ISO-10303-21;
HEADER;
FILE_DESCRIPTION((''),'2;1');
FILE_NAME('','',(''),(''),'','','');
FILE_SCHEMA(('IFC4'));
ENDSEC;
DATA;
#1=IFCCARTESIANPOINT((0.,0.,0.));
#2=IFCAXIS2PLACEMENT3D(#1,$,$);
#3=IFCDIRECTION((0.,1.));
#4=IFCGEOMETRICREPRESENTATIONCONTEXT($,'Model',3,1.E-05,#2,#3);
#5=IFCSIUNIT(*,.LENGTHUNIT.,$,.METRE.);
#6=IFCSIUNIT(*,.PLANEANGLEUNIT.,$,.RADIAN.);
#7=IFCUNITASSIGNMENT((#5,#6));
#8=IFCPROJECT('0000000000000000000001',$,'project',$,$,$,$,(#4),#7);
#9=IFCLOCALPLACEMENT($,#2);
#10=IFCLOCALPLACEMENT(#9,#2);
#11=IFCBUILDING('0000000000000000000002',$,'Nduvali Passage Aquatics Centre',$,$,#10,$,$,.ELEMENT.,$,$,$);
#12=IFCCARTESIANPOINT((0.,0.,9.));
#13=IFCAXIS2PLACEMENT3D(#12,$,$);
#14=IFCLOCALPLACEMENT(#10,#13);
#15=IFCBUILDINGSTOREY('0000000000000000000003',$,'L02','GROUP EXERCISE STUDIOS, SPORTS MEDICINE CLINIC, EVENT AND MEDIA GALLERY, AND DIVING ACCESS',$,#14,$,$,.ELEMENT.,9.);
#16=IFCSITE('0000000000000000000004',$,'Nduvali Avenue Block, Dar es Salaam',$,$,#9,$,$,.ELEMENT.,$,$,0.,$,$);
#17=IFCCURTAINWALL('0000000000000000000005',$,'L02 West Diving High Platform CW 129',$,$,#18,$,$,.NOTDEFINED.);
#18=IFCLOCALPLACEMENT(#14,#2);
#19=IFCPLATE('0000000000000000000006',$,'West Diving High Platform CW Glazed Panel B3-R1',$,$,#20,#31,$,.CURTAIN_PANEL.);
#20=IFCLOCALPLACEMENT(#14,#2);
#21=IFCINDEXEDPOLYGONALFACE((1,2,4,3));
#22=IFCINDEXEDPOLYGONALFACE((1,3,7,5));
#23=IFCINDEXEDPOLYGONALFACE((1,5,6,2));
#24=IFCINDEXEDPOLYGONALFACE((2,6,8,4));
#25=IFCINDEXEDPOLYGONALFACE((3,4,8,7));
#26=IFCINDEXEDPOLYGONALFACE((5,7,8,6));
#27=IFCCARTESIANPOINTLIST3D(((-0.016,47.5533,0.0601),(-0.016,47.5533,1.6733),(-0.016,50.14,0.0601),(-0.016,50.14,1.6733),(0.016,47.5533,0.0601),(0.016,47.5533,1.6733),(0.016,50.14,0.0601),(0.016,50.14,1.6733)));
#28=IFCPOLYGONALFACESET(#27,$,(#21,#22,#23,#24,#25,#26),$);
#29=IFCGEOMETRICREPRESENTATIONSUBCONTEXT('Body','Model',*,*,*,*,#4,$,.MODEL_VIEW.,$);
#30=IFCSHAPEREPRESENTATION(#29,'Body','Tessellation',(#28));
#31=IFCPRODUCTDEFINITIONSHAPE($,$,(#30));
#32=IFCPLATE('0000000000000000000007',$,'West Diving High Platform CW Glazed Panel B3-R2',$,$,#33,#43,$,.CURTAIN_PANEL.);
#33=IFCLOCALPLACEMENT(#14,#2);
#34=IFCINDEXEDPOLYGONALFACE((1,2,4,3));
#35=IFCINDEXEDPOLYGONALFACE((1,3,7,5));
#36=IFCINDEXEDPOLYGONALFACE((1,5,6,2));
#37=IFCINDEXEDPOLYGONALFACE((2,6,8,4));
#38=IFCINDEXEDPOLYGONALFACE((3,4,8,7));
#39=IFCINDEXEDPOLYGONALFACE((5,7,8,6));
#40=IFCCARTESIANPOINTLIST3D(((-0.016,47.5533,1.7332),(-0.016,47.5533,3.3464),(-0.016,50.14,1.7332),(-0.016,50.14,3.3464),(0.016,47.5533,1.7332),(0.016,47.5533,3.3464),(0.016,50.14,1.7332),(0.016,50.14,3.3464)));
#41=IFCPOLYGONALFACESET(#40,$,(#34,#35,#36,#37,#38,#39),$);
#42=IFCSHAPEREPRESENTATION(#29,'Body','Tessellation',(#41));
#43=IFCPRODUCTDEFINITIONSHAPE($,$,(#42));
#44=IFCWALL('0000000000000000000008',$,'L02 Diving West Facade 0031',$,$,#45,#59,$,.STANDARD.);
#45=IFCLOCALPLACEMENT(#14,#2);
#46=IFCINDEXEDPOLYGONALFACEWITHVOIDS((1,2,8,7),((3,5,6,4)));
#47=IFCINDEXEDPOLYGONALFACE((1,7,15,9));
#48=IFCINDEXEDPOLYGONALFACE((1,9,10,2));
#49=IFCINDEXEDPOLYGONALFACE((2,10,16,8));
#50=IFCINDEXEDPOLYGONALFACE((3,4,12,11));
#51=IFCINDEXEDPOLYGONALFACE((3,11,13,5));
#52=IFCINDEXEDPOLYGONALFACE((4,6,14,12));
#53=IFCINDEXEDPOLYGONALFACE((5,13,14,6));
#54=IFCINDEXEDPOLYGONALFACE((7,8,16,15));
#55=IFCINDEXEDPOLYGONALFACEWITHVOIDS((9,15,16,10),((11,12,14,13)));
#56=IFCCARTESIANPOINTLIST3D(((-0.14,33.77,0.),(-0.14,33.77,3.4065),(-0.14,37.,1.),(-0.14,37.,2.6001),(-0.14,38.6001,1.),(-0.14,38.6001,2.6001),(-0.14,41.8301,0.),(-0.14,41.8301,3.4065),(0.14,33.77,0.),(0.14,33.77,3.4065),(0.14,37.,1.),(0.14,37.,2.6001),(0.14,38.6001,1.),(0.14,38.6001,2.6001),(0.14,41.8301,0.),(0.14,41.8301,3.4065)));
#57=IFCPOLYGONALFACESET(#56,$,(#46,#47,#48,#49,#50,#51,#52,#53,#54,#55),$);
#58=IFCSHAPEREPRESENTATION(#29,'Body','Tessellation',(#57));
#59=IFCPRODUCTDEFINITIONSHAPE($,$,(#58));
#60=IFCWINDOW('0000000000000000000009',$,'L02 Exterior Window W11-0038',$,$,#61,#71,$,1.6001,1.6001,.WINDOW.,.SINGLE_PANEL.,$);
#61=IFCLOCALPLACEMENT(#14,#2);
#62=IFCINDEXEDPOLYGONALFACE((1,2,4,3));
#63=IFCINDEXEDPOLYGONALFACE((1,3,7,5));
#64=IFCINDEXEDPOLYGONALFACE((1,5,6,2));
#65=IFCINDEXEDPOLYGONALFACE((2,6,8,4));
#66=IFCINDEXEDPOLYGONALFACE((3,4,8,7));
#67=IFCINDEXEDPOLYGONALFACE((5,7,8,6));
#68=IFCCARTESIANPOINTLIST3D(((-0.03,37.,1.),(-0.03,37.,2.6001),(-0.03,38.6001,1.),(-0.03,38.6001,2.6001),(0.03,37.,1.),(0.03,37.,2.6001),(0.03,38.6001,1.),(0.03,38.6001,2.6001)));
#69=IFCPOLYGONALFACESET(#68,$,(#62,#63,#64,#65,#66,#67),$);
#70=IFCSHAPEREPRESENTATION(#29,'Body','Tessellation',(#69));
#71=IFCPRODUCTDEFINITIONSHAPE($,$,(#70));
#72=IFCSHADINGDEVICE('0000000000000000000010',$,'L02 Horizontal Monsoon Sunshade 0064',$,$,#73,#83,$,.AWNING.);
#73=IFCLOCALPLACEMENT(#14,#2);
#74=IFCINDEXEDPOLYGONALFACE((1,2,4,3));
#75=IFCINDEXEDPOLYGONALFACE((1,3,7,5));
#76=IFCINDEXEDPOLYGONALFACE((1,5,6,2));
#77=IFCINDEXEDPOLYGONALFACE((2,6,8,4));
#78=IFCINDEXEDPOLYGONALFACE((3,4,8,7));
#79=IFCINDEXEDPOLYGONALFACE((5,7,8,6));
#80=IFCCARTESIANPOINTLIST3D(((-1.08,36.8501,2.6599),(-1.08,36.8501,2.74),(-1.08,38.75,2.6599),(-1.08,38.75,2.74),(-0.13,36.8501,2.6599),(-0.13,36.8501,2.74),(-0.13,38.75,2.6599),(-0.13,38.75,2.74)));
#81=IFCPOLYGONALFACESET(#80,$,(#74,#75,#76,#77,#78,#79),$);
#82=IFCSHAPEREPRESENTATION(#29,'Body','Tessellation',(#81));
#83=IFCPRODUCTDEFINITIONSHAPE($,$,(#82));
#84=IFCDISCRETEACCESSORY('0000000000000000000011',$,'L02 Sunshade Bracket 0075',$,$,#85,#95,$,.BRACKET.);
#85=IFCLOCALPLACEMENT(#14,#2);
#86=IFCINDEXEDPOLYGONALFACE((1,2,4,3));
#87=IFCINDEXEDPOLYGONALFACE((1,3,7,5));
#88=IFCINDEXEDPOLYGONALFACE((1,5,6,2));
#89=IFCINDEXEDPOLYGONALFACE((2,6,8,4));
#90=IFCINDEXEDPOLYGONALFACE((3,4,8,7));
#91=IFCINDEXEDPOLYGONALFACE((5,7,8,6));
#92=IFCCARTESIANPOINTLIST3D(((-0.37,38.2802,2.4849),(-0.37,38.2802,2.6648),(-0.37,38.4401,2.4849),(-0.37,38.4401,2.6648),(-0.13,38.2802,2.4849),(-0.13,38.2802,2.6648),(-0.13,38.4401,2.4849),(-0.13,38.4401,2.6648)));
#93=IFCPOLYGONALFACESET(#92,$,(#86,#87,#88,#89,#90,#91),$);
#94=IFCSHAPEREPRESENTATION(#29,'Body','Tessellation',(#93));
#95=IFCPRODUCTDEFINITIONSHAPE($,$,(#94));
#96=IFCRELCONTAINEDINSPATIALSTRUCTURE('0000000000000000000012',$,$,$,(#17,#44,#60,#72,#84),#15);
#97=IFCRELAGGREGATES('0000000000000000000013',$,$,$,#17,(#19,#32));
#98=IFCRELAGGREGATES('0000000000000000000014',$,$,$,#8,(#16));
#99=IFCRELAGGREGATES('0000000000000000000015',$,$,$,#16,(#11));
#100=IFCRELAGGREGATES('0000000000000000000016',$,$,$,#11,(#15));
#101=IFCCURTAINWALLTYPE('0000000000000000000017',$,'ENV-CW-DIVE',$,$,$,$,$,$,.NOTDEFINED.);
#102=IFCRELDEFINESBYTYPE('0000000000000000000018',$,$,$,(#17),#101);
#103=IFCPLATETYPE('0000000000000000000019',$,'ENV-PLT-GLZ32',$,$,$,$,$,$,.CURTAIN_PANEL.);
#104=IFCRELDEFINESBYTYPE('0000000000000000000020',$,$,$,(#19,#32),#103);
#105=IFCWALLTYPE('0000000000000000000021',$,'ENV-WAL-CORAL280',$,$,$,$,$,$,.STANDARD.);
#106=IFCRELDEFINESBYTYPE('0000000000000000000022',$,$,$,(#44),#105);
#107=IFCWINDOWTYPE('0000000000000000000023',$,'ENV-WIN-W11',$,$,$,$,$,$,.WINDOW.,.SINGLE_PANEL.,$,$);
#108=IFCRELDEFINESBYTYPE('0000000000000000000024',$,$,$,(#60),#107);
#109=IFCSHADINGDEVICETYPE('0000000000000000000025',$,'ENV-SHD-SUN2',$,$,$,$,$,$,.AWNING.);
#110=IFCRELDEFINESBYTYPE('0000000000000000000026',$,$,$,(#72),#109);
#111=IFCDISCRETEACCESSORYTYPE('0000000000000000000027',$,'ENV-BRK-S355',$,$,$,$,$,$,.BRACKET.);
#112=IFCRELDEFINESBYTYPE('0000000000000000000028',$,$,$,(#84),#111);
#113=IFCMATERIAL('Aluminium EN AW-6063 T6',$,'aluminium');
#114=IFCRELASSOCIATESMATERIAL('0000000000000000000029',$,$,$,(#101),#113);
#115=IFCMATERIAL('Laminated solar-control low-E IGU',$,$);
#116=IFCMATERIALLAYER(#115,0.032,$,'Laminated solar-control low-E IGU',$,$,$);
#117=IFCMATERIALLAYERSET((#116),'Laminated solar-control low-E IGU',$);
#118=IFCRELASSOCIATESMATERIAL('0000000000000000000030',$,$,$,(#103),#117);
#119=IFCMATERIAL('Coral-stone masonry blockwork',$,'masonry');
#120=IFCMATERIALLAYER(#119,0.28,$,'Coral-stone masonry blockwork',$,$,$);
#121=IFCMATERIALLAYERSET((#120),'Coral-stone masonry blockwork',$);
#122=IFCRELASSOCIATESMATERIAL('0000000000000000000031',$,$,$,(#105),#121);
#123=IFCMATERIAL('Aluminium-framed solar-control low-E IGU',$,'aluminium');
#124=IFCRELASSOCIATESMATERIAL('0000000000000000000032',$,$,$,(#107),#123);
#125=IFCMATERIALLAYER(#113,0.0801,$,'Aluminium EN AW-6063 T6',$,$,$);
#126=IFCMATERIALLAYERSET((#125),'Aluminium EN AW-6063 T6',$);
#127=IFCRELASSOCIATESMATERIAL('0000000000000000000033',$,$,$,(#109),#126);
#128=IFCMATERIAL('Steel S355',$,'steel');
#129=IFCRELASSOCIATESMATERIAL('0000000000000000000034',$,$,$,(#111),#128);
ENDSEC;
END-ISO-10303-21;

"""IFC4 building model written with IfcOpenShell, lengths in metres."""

from ifc_helpers import new_model, si_unit, direction, frame, frame_2d, origin, origin_2d, place, context, subcontext, project, spatial, rectangle, extrude, material, layer, layer_set, type_object, element, fill, aggregate, save


model = new_model("IFC4")

# Units and contexts
model_context = context("Model", 3, precision=1e-05, world=origin(), true_north=direction((0.0, 1.0)))
body_context = subcontext(model_context, "Body", "Model", "MODEL_VIEW")
ifc_project = project(units=[si_unit("LENGTHUNIT", "METRE"), si_unit("PLANEANGLEUNIT", "RADIAN")], contexts=[model_context])

# Site, building, storey
site_placement = place(None, origin())
site = spatial("IfcSite", under=ifc_project, at=site_placement, Name="Nduvali Avenue Block, Dar es Salaam", CompositionType="ELEMENT", RefElevation=0.0)
building_placement = place(site_placement, origin())
building = spatial("IfcBuilding", under=site, at=building_placement, Name="Nduvali Passage Aquatics Centre", CompositionType="ELEMENT")
storey_placement = place(building_placement, frame((0.0, 0.0, 9.0)))
storey = spatial("IfcBuildingStorey", under=building, at=storey_placement, Name="L02", Description="GROUP EXERCISE STUDIOS, SPORTS MEDICINE CLINIC, EVENT AND MEDIA GALLERY, AND DIVING ACCESS", CompositionType="ELEMENT", Elevation=9.0)

# Shared definitions
ifc_material_1 = material(Name="Steel S355", Category="steel")

# Curtain wall
ifc_material_2 = material(Name="Aluminium EN AW-6063 T6", Category="aluminium")
curtain_wall_type = type_object("IfcCurtainWallType", Name="ENV-CW-DIVE", PredefinedType="NOTDEFINED", material=ifc_material_2)
curtain_wall_placement = place(storey_placement, origin())
curtain_wall = element("IfcCurtainWall", 1, at=curtain_wall_placement, inside=storey, type_object=curtain_wall_type, Name="L02 West Diving High Platform CW 129", PredefinedType="NOTDEFINED")

# Plates
ifc_material_3 = material(Name="Laminated solar-control low-E IGU")
ifc_layer_1 = layer(ifc_material_3, 0.032, Name="Laminated solar-control low-E IGU")
ifc_layer_set_1 = layer_set([ifc_layer_1], Name="Laminated solar-control low-E IGU")
plate_type = type_object("IfcPlateType", Name="ENV-PLT-GLZ32", PredefinedType="CURTAIN_PANEL", material=ifc_layer_set_1)
plate_1_placement = place(storey_placement, frame((0.0, 48.8467, 0.0601), z_axis=(0.0, 0.0, 1.0), x_axis=(0.0, 1.0, 0.0)))
plate_1 = element("IfcPlate", 2, at=plate_1_placement, type_object=plate_type, Name="West Diving High Platform CW Glazed Panel B3-R1", PredefinedType="CURTAIN_PANEL", context=body_context, shape_type="SweptSolid", body=[
    extrude(rectangle(XDim=2.5867, YDim=0.032, at=origin_2d()), origin(), (0.0, 0.0, 1.0), 1.6133),
])
plate_2_placement = place(storey_placement, frame((0.0, 48.8467, 1.7332), z_axis=(0.0, 0.0, 1.0), x_axis=(0.0, 1.0, 0.0)))
plate_2 = element("IfcPlate", 3, at=plate_2_placement, type_object=plate_type, Name="West Diving High Platform CW Glazed Panel B3-R2", PredefinedType="CURTAIN_PANEL", context=body_context, shape_type="SweptSolid", body=[
    extrude(rectangle(XDim=2.5867, YDim=0.032, at=origin_2d()), origin(), (0.0, 0.0, 1.0), 1.6133),
])
aggregate(curtain_wall, [plate_1, plate_2])

# Wall, opening, window
ifc_material_4 = material(Name="Coral-stone masonry blockwork", Category="masonry")
ifc_layer_2 = layer(ifc_material_4, 0.28, Name="Coral-stone masonry blockwork")
ifc_layer_set_2 = layer_set([ifc_layer_2], Name="Coral-stone masonry blockwork")
wall_type = type_object("IfcWallType", Name="ENV-WAL-CORAL280", PredefinedType="STANDARD", material=ifc_layer_set_2)
wall_placement = place(storey_placement, frame((0.0, 41.8301, 0.0), z_axis=(0.0, 0.0, 1.0), x_axis=(0.0, -1.0, 0.0)))
wall = element("IfcWall", 4, at=wall_placement, inside=storey, type_object=wall_type, Name="L02 Diving West Facade 0031", PredefinedType="STANDARD", context=body_context, shape_type="SweptSolid", body=[
    extrude(rectangle(XDim=8.0601, YDim=0.28, at=frame_2d((4.03, 0.0))), origin(), (0.0, 0.0, 1.0), 3.4065),
])
opening_placement = place(wall_placement, frame((3.23, 0.0, 1.0)))
opening = element("IfcOpeningElement", 5, at=opening_placement, cuts=wall, PredefinedType="OPENING", context=body_context, shape_type="SweptSolid", body=[
    extrude(rectangle(XDim=1.6001, YDim=1.6001, at=frame_2d((0.8, 0.8))), frame((0.0, 0.1548, 0.0), z_axis=(0.0, -1.0, 0.0), x_axis=(1.0, 0.0, 0.0)), (0.0, 0.0, 1.0), 0.3098),
])
ifc_material_5 = material(Name="Aluminium-framed solar-control low-E IGU", Category="aluminium")
window_type = type_object("IfcWindowType", Name="ENV-WIN-W11", PartitioningType="SINGLE_PANEL", PredefinedType="WINDOW", material=ifc_material_5)
window_placement = place(opening_placement, origin())
window = element("IfcWindow", 6, at=window_placement, inside=storey, type_object=window_type, Name="L02 Exterior Window W11-0038", OverallHeight=1.6001, OverallWidth=1.6001, PartitioningType="SINGLE_PANEL", PredefinedType="WINDOW", context=body_context, shape_type="SweptSolid", body=[
    extrude(rectangle(XDim=1.6001, YDim=1.6001, at=frame_2d((0.8, 0.8))), frame((0.0, 0.03, 0.0), z_axis=(0.0, -1.0, 0.0), x_axis=(1.0, 0.0, 0.0)), (0.0, 0.0, 1.0), 0.0601),
])
fill(opening, window)

# Shading device
ifc_layer_3 = layer(ifc_material_2, 0.0801, Name="Aluminium EN AW-6063 T6")
ifc_layer_set_3 = layer_set([ifc_layer_3], Name="Aluminium EN AW-6063 T6")
shading_device_type = type_object("IfcShadingDeviceType", Name="ENV-SHD-SUN2", PredefinedType="AWNING", material=ifc_layer_set_3)
shading_device_placement = place(storey_placement, frame((-0.605, 37.8, 2.6599), z_axis=(0.0, 0.0, 1.0), x_axis=(0.0, -1.0, 0.0)))
element("IfcShadingDevice", 7, at=shading_device_placement, inside=storey, type_object=shading_device_type, Name="L02 Horizontal Monsoon Sunshade 0064", PredefinedType="AWNING", context=body_context, shape_type="SweptSolid", body=[
    extrude(rectangle(XDim=1.8999, YDim=0.95, at=origin_2d()), origin(), (0.0, 0.0, 1.0), 0.0801),
])

# Discrete accessory
discrete_accessory_type = type_object("IfcDiscreteAccessoryType", Name="ENV-BRK-S355", PredefinedType="BRACKET", material=ifc_material_1)
discrete_accessory_placement = place(storey_placement, frame((-0.25, 38.3601, 2.4849), z_axis=(0.0, 0.0, 1.0), x_axis=(0.0, -1.0, 0.0)))
element("IfcDiscreteAccessory", 8, at=discrete_accessory_placement, inside=storey, type_object=discrete_accessory_type, Name="L02 Sunshade Bracket 0075", PredefinedType="BRACKET", context=body_context, shape_type="SweptSolid", body=[
    extrude(rectangle(XDim=0.1599, YDim=0.24, at=origin_2d()), origin(), (0.0, 0.0, 1.0), 0.1799),
])

save(model, "model.ifc")
